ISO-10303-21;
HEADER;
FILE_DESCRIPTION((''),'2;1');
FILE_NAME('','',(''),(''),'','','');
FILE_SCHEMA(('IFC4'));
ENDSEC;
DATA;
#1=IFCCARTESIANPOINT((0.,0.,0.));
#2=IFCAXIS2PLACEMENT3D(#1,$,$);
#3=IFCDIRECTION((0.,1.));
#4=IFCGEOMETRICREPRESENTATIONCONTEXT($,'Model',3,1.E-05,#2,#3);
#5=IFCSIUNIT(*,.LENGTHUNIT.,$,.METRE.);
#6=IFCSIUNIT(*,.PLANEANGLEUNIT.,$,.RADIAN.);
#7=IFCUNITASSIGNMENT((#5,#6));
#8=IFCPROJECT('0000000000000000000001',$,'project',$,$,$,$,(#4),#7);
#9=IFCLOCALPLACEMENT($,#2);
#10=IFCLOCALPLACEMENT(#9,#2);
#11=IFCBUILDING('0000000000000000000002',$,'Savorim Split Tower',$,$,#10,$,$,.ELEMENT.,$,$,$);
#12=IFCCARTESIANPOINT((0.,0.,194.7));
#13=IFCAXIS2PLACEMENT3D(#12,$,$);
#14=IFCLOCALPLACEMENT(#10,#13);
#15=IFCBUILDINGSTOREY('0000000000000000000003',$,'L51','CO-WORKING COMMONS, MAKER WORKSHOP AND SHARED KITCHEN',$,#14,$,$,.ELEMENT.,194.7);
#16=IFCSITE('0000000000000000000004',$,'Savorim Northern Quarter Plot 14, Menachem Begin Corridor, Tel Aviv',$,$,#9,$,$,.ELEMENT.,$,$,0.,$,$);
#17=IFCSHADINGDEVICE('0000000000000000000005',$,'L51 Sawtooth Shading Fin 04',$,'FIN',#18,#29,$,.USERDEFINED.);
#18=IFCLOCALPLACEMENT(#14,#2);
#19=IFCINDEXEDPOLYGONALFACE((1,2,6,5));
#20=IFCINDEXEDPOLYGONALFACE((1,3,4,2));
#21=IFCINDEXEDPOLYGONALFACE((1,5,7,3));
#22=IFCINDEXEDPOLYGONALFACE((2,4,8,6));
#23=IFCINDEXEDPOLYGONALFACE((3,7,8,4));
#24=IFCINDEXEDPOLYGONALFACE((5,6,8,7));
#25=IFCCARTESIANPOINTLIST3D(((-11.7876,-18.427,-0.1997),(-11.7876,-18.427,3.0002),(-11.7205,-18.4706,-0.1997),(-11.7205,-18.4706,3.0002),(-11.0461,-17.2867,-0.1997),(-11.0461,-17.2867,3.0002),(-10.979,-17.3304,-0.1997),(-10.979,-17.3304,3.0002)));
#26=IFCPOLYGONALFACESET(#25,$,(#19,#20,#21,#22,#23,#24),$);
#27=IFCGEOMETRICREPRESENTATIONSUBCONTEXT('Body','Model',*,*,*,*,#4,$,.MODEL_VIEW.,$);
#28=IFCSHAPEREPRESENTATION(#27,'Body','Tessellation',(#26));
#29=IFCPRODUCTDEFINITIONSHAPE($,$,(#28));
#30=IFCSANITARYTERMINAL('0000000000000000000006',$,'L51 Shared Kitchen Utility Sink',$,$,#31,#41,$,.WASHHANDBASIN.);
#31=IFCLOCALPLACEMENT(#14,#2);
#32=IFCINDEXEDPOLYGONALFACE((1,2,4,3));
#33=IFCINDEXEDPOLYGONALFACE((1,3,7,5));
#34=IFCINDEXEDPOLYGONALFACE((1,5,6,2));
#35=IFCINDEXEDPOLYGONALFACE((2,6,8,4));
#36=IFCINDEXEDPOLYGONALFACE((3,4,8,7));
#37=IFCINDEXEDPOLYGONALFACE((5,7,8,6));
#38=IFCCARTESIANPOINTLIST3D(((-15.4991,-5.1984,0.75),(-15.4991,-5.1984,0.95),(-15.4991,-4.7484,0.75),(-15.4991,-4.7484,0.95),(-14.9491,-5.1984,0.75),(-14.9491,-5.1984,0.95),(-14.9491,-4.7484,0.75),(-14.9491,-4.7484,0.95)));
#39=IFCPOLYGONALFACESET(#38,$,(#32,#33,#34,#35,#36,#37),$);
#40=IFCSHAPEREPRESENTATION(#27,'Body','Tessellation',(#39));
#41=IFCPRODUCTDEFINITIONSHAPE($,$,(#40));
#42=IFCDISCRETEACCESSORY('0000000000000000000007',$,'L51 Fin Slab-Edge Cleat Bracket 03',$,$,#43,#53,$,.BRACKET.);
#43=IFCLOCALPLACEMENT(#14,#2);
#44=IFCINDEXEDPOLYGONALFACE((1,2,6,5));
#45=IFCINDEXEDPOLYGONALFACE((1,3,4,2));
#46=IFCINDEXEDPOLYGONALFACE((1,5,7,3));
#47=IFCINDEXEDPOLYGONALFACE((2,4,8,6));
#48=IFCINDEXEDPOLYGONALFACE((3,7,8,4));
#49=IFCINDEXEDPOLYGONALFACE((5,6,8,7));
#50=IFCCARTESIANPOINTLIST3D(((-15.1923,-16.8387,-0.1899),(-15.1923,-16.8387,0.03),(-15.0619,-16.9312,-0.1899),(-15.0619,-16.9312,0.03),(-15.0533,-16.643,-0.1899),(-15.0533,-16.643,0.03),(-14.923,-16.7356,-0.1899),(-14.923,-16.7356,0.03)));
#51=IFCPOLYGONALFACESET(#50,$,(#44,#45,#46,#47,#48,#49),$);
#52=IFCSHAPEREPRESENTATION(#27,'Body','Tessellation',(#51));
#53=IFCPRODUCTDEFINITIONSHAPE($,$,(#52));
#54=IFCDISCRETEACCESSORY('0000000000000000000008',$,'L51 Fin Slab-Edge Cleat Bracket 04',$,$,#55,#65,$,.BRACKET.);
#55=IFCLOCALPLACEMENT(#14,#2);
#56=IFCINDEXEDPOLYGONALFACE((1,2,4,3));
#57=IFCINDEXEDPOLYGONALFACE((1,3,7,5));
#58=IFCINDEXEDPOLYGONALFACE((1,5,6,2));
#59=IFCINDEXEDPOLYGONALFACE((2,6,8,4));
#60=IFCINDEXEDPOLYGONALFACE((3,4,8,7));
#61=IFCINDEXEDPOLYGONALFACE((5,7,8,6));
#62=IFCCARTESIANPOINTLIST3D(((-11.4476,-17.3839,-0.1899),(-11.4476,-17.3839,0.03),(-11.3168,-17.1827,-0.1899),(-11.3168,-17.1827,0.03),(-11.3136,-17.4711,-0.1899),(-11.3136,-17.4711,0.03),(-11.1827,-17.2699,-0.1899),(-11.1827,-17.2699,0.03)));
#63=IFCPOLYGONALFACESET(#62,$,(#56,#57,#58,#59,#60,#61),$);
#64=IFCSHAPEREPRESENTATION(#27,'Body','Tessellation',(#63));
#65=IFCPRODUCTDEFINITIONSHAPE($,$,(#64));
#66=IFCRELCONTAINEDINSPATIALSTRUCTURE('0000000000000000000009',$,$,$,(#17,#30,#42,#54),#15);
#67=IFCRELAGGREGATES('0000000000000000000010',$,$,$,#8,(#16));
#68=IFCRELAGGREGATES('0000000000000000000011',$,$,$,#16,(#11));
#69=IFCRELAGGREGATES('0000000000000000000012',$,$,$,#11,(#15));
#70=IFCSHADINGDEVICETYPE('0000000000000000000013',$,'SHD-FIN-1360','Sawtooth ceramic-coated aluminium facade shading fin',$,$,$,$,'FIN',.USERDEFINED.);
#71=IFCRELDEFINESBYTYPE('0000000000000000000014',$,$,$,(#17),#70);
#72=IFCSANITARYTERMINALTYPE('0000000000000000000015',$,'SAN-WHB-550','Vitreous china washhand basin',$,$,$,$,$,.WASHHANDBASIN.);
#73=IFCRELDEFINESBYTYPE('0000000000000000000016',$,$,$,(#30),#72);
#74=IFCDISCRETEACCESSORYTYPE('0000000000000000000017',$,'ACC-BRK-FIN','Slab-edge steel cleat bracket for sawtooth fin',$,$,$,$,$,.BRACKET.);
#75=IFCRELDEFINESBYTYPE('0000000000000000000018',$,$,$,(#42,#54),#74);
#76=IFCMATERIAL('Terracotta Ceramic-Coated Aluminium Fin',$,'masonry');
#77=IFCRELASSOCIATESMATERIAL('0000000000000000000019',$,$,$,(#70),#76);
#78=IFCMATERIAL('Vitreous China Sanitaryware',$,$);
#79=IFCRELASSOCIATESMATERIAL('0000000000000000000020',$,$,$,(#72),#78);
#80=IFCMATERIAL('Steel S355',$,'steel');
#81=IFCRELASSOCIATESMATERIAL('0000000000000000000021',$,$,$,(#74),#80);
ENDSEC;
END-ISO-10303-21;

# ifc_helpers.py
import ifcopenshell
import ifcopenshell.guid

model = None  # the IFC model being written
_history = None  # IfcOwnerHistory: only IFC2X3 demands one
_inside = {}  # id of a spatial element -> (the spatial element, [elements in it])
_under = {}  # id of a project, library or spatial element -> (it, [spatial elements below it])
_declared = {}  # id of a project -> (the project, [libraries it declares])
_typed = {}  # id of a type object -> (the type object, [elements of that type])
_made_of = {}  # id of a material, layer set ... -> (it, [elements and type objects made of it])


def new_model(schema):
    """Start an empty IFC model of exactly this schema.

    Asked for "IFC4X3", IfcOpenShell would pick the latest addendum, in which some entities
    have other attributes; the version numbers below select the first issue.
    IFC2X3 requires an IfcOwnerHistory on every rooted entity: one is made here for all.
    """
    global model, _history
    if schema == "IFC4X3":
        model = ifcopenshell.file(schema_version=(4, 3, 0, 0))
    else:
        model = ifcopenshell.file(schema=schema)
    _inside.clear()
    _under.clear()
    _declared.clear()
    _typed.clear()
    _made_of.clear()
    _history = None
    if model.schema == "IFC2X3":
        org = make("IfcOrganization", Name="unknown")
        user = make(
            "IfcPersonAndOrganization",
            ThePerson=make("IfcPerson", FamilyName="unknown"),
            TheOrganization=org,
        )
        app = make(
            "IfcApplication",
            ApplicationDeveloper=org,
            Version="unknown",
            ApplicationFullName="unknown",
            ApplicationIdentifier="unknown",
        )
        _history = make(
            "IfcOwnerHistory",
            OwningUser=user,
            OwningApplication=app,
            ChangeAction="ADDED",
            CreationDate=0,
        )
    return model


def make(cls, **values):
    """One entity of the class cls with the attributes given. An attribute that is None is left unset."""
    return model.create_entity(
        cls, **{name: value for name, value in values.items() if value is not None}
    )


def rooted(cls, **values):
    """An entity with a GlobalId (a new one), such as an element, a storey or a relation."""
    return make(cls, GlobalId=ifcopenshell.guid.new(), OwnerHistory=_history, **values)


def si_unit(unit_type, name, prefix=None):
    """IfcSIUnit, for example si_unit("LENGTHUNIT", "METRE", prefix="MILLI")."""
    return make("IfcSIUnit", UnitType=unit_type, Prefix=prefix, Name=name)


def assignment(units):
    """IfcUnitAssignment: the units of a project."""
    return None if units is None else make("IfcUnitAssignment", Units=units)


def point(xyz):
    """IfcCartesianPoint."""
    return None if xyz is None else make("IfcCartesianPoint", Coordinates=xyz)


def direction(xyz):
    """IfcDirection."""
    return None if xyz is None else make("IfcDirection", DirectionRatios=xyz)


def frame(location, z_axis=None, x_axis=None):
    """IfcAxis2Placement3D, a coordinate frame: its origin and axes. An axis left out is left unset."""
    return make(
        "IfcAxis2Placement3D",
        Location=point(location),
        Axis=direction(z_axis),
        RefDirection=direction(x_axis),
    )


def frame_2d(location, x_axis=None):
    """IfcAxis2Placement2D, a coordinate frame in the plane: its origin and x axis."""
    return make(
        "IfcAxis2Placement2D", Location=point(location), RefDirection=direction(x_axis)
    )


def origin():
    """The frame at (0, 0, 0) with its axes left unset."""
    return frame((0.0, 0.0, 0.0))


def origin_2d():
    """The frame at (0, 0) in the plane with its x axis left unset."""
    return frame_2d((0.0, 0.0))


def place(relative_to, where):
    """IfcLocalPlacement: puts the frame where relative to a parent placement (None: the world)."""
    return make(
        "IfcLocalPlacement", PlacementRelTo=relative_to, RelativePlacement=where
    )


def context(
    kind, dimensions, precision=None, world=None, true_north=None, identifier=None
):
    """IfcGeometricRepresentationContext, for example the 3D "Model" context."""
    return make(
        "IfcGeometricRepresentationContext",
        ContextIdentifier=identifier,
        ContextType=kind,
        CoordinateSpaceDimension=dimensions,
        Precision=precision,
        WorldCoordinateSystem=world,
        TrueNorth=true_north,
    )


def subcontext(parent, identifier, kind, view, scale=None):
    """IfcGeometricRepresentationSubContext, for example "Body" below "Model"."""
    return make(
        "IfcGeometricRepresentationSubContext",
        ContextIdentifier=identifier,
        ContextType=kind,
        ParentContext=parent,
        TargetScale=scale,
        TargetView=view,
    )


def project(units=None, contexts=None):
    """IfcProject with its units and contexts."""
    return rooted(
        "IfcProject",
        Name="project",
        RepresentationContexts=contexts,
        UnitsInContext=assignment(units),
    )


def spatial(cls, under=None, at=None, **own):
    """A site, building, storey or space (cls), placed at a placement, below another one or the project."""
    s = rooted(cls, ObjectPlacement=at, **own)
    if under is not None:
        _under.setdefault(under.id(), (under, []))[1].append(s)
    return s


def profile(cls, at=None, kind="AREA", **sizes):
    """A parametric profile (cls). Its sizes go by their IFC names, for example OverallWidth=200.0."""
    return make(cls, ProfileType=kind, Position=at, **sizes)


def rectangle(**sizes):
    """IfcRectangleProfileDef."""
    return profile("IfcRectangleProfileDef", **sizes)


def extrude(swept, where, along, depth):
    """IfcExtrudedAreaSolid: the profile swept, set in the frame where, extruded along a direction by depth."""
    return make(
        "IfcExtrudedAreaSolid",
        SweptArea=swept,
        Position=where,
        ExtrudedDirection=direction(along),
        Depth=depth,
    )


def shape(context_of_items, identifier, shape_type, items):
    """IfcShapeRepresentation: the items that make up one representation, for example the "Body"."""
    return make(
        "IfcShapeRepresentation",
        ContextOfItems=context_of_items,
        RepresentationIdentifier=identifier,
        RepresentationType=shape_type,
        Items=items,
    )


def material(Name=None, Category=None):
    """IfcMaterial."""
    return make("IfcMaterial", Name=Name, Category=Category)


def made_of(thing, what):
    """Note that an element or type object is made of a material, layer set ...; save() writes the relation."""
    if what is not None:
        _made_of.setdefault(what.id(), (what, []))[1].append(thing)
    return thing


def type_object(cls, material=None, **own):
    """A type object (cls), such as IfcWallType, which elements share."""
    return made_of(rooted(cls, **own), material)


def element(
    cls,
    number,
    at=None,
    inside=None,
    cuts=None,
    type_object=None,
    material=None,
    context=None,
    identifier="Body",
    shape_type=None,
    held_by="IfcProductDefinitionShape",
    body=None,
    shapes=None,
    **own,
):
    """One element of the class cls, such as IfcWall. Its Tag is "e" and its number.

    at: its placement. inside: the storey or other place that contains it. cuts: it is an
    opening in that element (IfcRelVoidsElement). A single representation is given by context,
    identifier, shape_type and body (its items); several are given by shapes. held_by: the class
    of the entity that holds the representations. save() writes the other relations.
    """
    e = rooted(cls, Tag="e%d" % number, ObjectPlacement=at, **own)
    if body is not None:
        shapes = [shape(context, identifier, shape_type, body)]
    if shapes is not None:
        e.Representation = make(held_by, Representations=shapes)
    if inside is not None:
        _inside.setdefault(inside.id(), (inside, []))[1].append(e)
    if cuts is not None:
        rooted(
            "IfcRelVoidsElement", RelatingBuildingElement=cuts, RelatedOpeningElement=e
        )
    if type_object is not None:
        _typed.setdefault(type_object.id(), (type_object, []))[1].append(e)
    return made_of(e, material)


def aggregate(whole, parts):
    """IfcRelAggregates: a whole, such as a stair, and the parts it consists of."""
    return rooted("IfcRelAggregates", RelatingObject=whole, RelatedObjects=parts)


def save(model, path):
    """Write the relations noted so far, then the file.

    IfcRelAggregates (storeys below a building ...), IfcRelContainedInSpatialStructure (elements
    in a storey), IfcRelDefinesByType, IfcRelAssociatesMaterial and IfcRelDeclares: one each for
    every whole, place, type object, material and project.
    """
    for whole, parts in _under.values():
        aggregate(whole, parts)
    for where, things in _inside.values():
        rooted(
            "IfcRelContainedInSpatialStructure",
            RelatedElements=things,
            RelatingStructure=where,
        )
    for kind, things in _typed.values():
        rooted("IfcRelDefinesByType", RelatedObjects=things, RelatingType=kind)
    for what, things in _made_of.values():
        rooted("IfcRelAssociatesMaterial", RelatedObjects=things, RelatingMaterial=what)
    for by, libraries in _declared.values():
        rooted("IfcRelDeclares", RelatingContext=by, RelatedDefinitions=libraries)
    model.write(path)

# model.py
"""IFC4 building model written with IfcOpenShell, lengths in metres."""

from ifc_helpers import new_model, si_unit, direction, frame, origin, origin_2d, place, context, subcontext, project, spatial, rectangle, extrude, material, type_object, element, save


model = new_model("IFC4")

# Units and contexts
model_context = context("Model", 3, precision=1e-05, world=origin(), true_north=direction((0.0, 1.0)))
body_context = subcontext(model_context, "Body", "Model", "MODEL_VIEW")
ifc_project = project(units=[si_unit("LENGTHUNIT", "METRE"), si_unit("PLANEANGLEUNIT", "RADIAN")], contexts=[model_context])

# Site, building, storey
site_placement = place(None, origin())
site = spatial("IfcSite", under=ifc_project, at=site_placement, Name="Savorim Northern Quarter Plot 14, Menachem Begin Corridor, Tel Aviv", CompositionType="ELEMENT", RefElevation=0.0)
building_placement = place(site_placement, origin())
building = spatial("IfcBuilding", under=site, at=building_placement, Name="Savorim Split Tower", CompositionType="ELEMENT")
storey_placement = place(building_placement, frame((0.0, 0.0, 194.7)))
storey = spatial("IfcBuildingStorey", under=building, at=storey_placement, Name="L51", Description="CO-WORKING COMMONS, MAKER WORKSHOP AND SHARED KITCHEN", CompositionType="ELEMENT", Elevation=194.7)

# Shared definitions
ifc_material_1 = material(Name="Steel S355", Category="steel")

# Shading device
ifc_material_2 = material(Name="Terracotta Ceramic-Coated Aluminium Fin", Category="masonry")
shading_device_type = type_object("IfcShadingDeviceType", Name="SHD-FIN-1360", Description="Sawtooth ceramic-coated aluminium facade shading fin", ElementType="FIN", PredefinedType="USERDEFINED", material=ifc_material_2)
for number, where, z_axis, x_axis, name in (
    (1, (-11.3833, -17.8787, -0.1997), (0.0, 0.0, 1.0), (-0.545148, -0.83834, 0.0), "L51 Sawtooth Shading Fin 04"),
):
    element("IfcShadingDevice", number, at=place(storey_placement, frame(where, z_axis=z_axis, x_axis=x_axis)), inside=storey, type_object=shading_device_type, Name=name, ObjectType="FIN", PredefinedType="USERDEFINED", context=body_context, shape_type="SweptSolid", body=[
        extrude(rectangle(XDim=1.3601, YDim=0.0801, at=origin_2d()), origin(), (0.0, 0.0, 1.0), 3.2),
    ])

# Sanitary terminal
ifc_material_3 = material(Name="Vitreous China Sanitaryware")
sanitary_terminal_type = type_object("IfcSanitaryTerminalType", Name="SAN-WHB-550", Description="Vitreous china washhand basin", PredefinedType="WASHHANDBASIN", material=ifc_material_3)
sanitary_terminal_placement = place(storey_placement, frame((-15.2241, -4.9734, 0.75), z_axis=(0.0, 0.0, 1.0), x_axis=(1.0, 0.0, 0.0)))
element("IfcSanitaryTerminal", 2, at=sanitary_terminal_placement, inside=storey, type_object=sanitary_terminal_type, Name="L51 Shared Kitchen Utility Sink", PredefinedType="WASHHANDBASIN", context=body_context, shape_type="SweptSolid", body=[
    extrude(rectangle(XDim=0.55, YDim=0.45, at=origin_2d()), origin(), (0.0, 0.0, 1.0), 0.2),
])

# Discrete accessories
discrete_accessory_type = type_object("IfcDiscreteAccessoryType", Name="ACC-BRK-FIN", Description="Slab-edge steel cleat bracket for sawtooth fin", PredefinedType="BRACKET", material=ifc_material_1)
for number, where, z_axis, x_axis, name in (
    (3, (-15.0576, -16.7871, -0.1899), (0.0, 0.0, 1.0), (-0.578994, -0.815332, 0.0), "L51 Fin Slab-Edge Cleat Bracket 03"),
    (4, (-11.3152, -17.3269, -0.1899), (0.0, 0.0, 1.0), (-0.545148, -0.83834, 0.0), "L51 Fin Slab-Edge Cleat Bracket 04"),
):
    element("IfcDiscreteAccessory", number, at=place(storey_placement, frame(where, z_axis=z_axis, x_axis=x_axis)), inside=storey, type_object=discrete_accessory_type, Name=name, PredefinedType="BRACKET", context=body_context, shape_type="SweptSolid", body=[
        extrude(rectangle(XDim=0.24, YDim=0.1599, at=origin_2d()), origin(), (0.0, 0.0, 1.0), 0.22),
    ])

save(model, "model.ifc")
